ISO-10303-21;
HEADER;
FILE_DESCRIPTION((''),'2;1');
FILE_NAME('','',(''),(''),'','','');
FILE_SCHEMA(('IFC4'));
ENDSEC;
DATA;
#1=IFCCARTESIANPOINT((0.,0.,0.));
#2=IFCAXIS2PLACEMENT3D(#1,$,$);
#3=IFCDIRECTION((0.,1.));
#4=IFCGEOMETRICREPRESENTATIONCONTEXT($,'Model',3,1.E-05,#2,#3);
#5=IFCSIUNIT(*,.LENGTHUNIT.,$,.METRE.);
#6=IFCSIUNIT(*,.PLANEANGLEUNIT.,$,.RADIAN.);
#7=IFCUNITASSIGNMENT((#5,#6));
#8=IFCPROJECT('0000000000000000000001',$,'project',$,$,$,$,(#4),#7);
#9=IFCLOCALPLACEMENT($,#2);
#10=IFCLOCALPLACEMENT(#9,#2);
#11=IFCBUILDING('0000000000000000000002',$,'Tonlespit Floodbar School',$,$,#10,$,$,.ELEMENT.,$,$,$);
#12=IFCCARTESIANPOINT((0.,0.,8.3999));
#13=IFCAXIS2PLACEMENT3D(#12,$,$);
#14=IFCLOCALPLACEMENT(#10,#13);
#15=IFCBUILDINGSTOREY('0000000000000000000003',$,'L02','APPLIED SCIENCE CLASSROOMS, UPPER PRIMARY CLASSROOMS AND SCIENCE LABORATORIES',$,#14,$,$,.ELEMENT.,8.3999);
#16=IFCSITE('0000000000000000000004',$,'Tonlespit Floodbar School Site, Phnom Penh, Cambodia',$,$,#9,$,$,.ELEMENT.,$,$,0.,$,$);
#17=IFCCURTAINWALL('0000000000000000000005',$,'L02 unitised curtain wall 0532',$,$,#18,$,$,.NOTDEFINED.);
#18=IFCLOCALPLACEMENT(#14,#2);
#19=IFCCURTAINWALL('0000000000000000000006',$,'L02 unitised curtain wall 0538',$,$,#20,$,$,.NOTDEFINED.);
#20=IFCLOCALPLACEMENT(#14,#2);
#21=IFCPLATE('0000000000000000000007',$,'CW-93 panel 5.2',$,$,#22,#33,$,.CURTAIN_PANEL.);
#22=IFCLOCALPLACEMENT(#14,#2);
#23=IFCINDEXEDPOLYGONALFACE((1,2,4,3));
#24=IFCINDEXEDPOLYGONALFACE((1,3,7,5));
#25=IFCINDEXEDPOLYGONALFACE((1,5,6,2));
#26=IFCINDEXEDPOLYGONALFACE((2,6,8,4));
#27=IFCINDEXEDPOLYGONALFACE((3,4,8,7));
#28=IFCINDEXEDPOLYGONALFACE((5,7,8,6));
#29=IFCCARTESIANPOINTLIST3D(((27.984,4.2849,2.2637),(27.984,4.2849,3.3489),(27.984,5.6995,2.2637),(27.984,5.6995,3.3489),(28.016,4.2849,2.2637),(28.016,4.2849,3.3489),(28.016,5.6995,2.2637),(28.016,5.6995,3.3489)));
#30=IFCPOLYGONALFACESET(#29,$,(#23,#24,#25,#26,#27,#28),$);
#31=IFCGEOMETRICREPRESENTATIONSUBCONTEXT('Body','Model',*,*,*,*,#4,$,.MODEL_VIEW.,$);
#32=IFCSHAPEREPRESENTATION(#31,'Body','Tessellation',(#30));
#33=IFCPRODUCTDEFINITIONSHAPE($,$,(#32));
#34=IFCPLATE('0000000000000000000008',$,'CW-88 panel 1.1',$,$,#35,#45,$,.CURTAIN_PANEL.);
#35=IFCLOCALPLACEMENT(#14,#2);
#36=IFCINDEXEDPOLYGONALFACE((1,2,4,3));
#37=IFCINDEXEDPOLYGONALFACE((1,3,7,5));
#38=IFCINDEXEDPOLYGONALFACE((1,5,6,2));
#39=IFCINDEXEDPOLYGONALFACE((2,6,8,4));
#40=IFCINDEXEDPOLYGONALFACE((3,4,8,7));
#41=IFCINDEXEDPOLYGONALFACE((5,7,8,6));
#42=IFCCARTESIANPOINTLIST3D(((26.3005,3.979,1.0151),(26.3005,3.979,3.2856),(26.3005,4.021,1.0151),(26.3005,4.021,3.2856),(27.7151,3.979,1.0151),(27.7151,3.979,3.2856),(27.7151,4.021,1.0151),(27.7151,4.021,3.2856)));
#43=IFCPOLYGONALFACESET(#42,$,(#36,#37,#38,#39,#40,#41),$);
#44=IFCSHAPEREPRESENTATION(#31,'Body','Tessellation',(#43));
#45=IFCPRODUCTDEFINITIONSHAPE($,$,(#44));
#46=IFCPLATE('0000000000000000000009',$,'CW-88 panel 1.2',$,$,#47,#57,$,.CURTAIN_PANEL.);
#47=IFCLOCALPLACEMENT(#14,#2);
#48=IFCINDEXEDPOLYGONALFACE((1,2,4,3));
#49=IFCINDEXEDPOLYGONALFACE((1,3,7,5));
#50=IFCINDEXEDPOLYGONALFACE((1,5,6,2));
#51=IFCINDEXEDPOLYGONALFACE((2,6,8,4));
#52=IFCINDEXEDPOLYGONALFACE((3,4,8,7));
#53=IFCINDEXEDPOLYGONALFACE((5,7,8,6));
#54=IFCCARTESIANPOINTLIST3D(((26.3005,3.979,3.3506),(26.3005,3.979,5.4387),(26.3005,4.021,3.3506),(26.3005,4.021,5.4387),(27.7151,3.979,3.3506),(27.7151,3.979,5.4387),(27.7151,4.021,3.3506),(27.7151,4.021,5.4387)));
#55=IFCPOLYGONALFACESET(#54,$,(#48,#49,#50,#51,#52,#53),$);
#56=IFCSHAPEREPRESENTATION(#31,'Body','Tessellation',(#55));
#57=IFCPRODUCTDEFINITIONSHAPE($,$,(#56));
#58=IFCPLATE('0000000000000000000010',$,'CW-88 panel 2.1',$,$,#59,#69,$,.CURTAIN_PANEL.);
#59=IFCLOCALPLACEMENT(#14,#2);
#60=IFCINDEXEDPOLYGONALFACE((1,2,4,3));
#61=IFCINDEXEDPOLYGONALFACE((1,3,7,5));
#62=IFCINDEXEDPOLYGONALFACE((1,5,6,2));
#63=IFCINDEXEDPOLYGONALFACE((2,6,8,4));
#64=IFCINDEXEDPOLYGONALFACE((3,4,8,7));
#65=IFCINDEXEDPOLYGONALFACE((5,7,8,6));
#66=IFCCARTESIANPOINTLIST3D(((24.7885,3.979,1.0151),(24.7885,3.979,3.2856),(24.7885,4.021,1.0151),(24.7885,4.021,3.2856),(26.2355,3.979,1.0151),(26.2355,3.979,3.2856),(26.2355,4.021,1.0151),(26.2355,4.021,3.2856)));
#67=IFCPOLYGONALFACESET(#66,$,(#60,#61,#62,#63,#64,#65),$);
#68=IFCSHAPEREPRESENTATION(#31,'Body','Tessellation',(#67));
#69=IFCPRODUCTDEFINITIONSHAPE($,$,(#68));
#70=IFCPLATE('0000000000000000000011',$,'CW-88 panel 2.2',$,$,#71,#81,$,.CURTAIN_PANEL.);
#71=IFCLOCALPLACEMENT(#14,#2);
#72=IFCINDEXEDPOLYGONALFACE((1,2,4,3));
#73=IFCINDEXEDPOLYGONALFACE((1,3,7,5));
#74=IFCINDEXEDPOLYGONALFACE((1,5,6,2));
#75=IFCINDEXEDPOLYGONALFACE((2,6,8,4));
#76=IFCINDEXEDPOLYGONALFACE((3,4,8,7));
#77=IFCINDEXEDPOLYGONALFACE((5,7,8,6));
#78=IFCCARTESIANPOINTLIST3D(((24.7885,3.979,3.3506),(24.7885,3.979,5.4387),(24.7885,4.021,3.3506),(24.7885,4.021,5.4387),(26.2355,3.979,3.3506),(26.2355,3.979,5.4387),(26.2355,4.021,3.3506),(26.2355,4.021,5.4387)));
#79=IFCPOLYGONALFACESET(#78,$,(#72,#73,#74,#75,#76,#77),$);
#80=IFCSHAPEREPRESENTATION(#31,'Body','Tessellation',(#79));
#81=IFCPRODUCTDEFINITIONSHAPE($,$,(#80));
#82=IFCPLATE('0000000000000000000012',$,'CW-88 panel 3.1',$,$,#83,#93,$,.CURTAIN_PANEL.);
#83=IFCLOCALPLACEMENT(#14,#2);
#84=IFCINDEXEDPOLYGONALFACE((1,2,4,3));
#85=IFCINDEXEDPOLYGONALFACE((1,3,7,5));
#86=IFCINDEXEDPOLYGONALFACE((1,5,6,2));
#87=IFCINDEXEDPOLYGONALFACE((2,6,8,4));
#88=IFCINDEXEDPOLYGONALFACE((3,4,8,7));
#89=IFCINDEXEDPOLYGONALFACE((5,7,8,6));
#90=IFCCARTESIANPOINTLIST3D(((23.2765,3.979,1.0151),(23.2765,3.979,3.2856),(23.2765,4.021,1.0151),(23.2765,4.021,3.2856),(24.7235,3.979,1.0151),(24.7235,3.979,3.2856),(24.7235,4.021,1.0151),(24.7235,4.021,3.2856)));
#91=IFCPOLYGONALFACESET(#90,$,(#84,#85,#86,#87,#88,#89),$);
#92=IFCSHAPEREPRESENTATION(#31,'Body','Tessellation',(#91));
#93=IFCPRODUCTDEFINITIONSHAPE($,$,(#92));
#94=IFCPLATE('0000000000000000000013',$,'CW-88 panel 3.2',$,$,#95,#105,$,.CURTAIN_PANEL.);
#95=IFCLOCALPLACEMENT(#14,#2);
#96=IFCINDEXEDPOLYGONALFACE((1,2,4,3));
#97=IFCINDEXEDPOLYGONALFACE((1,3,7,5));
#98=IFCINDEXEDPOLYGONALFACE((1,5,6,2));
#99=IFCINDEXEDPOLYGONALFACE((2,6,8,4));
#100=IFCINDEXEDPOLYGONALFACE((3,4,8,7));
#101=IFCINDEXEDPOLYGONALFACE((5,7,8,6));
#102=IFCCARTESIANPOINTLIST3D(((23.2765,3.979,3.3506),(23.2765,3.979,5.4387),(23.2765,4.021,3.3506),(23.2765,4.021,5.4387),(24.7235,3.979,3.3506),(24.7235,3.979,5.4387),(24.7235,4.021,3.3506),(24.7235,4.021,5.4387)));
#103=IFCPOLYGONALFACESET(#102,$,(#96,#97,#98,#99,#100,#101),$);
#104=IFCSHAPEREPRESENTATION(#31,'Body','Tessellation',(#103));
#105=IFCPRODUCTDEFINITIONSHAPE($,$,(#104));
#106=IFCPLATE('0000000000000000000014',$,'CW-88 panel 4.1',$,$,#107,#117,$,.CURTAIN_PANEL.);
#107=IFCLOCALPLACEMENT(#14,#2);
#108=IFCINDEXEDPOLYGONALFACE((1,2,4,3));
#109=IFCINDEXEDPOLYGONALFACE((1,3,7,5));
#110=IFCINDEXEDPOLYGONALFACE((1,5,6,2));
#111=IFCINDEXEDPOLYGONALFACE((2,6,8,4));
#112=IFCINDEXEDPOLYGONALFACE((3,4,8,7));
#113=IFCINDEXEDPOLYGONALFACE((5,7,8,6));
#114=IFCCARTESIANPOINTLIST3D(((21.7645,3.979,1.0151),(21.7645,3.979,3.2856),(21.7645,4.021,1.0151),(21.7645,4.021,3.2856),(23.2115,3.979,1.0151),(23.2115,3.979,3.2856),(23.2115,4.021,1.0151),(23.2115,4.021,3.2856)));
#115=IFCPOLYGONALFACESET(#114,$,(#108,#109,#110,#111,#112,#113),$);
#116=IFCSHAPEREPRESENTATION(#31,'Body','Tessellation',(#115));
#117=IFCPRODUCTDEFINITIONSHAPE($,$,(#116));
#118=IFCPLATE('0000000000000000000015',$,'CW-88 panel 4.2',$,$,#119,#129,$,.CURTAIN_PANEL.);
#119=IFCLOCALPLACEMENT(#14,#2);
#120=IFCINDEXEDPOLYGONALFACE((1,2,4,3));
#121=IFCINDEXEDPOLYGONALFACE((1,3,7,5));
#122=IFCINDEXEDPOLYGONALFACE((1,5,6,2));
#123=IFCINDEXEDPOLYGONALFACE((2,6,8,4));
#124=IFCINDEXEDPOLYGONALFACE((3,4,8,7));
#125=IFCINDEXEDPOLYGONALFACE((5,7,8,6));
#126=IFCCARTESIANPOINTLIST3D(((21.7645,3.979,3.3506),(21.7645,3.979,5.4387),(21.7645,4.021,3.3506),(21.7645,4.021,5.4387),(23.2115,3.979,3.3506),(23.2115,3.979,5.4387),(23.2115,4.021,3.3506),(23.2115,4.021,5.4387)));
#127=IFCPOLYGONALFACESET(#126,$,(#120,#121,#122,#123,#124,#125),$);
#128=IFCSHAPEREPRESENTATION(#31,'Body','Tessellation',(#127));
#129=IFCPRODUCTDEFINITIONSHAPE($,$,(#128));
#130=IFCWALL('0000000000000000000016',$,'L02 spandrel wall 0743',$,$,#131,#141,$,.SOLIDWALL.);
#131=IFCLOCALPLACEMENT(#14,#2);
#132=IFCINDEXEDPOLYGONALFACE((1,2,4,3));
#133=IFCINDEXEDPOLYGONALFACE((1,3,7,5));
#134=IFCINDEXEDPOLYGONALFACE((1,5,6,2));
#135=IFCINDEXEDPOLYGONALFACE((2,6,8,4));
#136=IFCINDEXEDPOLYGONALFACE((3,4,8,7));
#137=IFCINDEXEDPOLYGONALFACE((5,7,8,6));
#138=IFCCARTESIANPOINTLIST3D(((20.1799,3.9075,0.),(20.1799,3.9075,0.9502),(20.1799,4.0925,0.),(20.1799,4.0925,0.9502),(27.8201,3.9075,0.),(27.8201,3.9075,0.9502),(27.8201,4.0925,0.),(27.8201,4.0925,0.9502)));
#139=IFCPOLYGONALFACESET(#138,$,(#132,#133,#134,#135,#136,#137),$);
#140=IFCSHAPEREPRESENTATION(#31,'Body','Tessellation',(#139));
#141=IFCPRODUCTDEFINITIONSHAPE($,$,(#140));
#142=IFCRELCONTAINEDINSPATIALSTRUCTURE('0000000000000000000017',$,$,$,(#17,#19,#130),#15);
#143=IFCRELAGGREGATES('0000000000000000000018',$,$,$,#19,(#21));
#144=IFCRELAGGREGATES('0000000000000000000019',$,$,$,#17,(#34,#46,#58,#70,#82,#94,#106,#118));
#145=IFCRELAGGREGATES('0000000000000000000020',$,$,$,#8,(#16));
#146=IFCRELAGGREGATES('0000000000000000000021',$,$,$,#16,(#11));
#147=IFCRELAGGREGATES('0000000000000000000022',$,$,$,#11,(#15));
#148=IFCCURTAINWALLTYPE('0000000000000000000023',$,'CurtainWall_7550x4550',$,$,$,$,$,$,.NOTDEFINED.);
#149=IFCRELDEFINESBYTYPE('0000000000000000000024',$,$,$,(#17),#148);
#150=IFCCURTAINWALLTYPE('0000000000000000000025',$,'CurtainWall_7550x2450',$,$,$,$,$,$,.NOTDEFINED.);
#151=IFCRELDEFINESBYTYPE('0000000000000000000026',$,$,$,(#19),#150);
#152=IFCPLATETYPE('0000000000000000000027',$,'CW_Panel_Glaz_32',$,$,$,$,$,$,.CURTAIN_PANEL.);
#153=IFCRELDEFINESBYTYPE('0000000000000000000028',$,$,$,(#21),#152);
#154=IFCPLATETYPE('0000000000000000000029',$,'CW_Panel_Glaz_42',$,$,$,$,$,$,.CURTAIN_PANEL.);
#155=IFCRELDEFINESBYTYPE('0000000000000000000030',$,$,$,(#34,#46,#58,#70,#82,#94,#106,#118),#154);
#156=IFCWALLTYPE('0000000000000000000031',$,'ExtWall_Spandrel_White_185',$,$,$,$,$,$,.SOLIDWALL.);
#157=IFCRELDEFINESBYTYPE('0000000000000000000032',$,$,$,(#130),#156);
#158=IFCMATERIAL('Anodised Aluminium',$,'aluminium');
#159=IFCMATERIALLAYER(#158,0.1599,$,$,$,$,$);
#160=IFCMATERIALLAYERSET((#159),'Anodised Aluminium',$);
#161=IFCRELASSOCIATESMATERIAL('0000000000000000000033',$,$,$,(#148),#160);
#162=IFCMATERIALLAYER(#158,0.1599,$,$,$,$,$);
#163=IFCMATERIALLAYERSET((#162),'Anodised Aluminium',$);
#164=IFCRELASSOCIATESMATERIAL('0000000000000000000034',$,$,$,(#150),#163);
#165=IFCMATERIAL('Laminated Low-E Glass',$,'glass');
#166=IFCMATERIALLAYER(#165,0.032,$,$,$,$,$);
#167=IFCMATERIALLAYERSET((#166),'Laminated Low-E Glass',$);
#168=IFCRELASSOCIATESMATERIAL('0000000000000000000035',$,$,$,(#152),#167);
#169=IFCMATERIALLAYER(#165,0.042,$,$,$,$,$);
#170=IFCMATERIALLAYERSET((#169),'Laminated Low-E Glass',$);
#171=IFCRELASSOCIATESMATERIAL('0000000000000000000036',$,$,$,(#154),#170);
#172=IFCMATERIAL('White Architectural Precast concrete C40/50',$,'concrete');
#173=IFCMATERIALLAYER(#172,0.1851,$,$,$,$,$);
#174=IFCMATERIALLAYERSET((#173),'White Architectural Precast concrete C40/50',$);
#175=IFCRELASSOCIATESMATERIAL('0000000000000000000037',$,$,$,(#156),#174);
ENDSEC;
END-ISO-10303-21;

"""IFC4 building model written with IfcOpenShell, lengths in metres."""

from ifc_helpers import new_model, si_unit, direction, frame, frame_2d, origin, origin_2d, place, context, subcontext, project, spatial, rectangle, extrude, material, layer, layer_set, type_object, element, aggregate, save


model = new_model("IFC4")

# Units and contexts
model_context = context("Model", 3, precision=1e-05, world=origin(), true_north=direction((0.0, 1.0)))
body_context = subcontext(model_context, "Body", "Model", "MODEL_VIEW")
ifc_project = project(units=[si_unit("LENGTHUNIT", "METRE"), si_unit("PLANEANGLEUNIT", "RADIAN")], contexts=[model_context])

# Site, building, storey
site_placement = place(None, origin())
site = spatial("IfcSite", under=ifc_project, at=site_placement, Name="Tonlespit Floodbar School Site, Phnom Penh, Cambodia", CompositionType="ELEMENT", RefElevation=0.0)
building_placement = place(site_placement, origin())
building = spatial("IfcBuilding", under=site, at=building_placement, Name="Tonlespit Floodbar School", CompositionType="ELEMENT")
storey_placement = place(building_placement, frame((0.0, 0.0, 8.3999)))
storey = spatial("IfcBuildingStorey", under=building, at=storey_placement, Name="L02", Description="APPLIED SCIENCE CLASSROOMS, UPPER PRIMARY CLASSROOMS AND SCIENCE LABORATORIES", CompositionType="ELEMENT", Elevation=8.3999)

# Curtain walls
ifc_material_1 = material(Name="Anodised Aluminium", Category="aluminium")
ifc_layer_1 = layer(ifc_material_1, 0.1599)
ifc_layer_set_1 = layer_set([ifc_layer_1], Name="Anodised Aluminium")
curtain_wall_type_1 = type_object("IfcCurtainWallType", Name="CurtainWall_7550x4550", PredefinedType="NOTDEFINED", material=ifc_layer_set_1)
curtain_wall_1_placement = place(storey_placement, origin())
curtain_wall_1 = element("IfcCurtainWall", 1, at=curtain_wall_1_placement, inside=storey, type_object=curtain_wall_type_1, Name="L02 unitised curtain wall 0532", PredefinedType="NOTDEFINED")
ifc_layer_2 = layer(ifc_material_1, 0.1599)
ifc_layer_set_2 = layer_set([ifc_layer_2], Name="Anodised Aluminium")
curtain_wall_type_2 = type_object("IfcCurtainWallType", Name="CurtainWall_7550x2450", PredefinedType="NOTDEFINED", material=ifc_layer_set_2)
curtain_wall_2_placement = place(storey_placement, origin())
curtain_wall_2 = element("IfcCurtainWall", 2, at=curtain_wall_2_placement, inside=storey, type_object=curtain_wall_type_2, Name="L02 unitised curtain wall 0538", PredefinedType="NOTDEFINED")

# Plates
ifc_material_2 = material(Name="Laminated Low-E Glass", Category="glass")
ifc_layer_3 = layer(ifc_material_2, 0.032)
ifc_layer_set_3 = layer_set([ifc_layer_3], Name="Laminated Low-E Glass")
plate_type_1 = type_object("IfcPlateType", Name="CW_Panel_Glaz_32", PredefinedType="CURTAIN_PANEL", material=ifc_layer_set_3)
plate_1_placement = place(storey_placement, frame((28.0, 4.9922, 2.2637), z_axis=(0.0, 0.0, 1.0), x_axis=(0.0, -1.0, 0.0)))
plate_1 = element("IfcPlate", 3, at=plate_1_placement, type_object=plate_type_1, Name="CW-93 panel 5.2", PredefinedType="CURTAIN_PANEL", context=body_context, shape_type="SweptSolid", body=[
    extrude(rectangle(XDim=1.4146, YDim=0.032, at=origin_2d()), origin(), (0.0, 0.0, 1.0), 1.0852),
])
aggregate(curtain_wall_2, [plate_1])
ifc_layer_4 = layer(ifc_material_2, 0.042)
ifc_layer_set_4 = layer_set([ifc_layer_4], Name="Laminated Low-E Glass")
plate_type_2 = type_object("IfcPlateType", Name="CW_Panel_Glaz_42", PredefinedType="CURTAIN_PANEL", material=ifc_layer_set_4)
plate_2_placement = place(storey_placement, frame((27.0078, 4.0, 1.0151), z_axis=(0.0, 0.0, 1.0), x_axis=(-1.0, 0.0, 0.0)))
plate_2 = element("IfcPlate", 4, at=plate_2_placement, type_object=plate_type_2, Name="CW-88 panel 1.1", PredefinedType="CURTAIN_PANEL", context=body_context, shape_type="SweptSolid", body=[
    extrude(rectangle(XDim=1.4146, YDim=0.042, at=origin_2d()), origin(), (0.0, 0.0, 1.0), 2.2705),
])
plate_3_placement = place(storey_placement, frame((27.0078, 4.0, 3.3506), z_axis=(0.0, 0.0, 1.0), x_axis=(-1.0, 0.0, 0.0)))
plate_3 = element("IfcPlate", 5, at=plate_3_placement, type_object=plate_type_2, Name="CW-88 panel 1.2", PredefinedType="CURTAIN_PANEL", context=body_context, shape_type="SweptSolid", body=[
    extrude(rectangle(XDim=1.4146, YDim=0.042, at=origin_2d()), origin(), (0.0, 0.0, 1.0), 2.0881),
])
plate_4_placement = place(storey_placement, frame((25.512, 4.0, 1.0151), z_axis=(0.0, 0.0, 1.0), x_axis=(-1.0, 0.0, 0.0)))
plate_4 = element("IfcPlate", 6, at=plate_4_placement, type_object=plate_type_2, Name="CW-88 panel 2.1", PredefinedType="CURTAIN_PANEL", context=body_context, shape_type="SweptSolid", body=[
    extrude(rectangle(XDim=1.447, YDim=0.042, at=origin_2d()), origin(), (0.0, 0.0, 1.0), 2.2705),
])
plate_5_placement = place(storey_placement, frame((25.512, 4.0, 3.3506), z_axis=(0.0, 0.0, 1.0), x_axis=(-1.0, 0.0, 0.0)))
plate_5 = element("IfcPlate", 7, at=plate_5_placement, type_object=plate_type_2, Name="CW-88 panel 2.2", PredefinedType="CURTAIN_PANEL", context=body_context, shape_type="SweptSolid", body=[
    extrude(rectangle(XDim=1.447, YDim=0.042, at=origin_2d()), origin(), (0.0, 0.0, 1.0), 2.0881),
])
plate_6_placement = place(storey_placement, frame((24.0, 4.0, 1.0151), z_axis=(0.0, 0.0, 1.0), x_axis=(-1.0, 0.0, 0.0)))
plate_6 = element("IfcPlate", 8, at=plate_6_placement, type_object=plate_type_2, Name="CW-88 panel 3.1", PredefinedType="CURTAIN_PANEL", context=body_context, shape_type="SweptSolid", body=[
    extrude(rectangle(XDim=1.447, YDim=0.042, at=origin_2d()), origin(), (0.0, 0.0, 1.0), 2.2705),
])
plate_7_placement = place(storey_placement, frame((24.0, 4.0, 3.3506), z_axis=(0.0, 0.0, 1.0), x_axis=(-1.0, 0.0, 0.0)))
plate_7 = element("IfcPlate", 9, at=plate_7_placement, type_object=plate_type_2, Name="CW-88 panel 3.2", PredefinedType="CURTAIN_PANEL", context=body_context, shape_type="SweptSolid", body=[
    extrude(rectangle(XDim=1.447, YDim=0.042, at=origin_2d()), origin(), (0.0, 0.0, 1.0), 2.0881),
])
plate_8_placement = place(storey_placement, frame((22.488, 4.0, 1.0151), z_axis=(0.0, 0.0, 1.0), x_axis=(-1.0, 0.0, 0.0)))
plate_8 = element("IfcPlate", 10, at=plate_8_placement, type_object=plate_type_2, Name="CW-88 panel 4.1", PredefinedType="CURTAIN_PANEL", context=body_context, shape_type="SweptSolid", body=[
    extrude(rectangle(XDim=1.447, YDim=0.042, at=origin_2d()), origin(), (0.0, 0.0, 1.0), 2.2705),
])
plate_9_placement = place(storey_placement, frame((22.488, 4.0, 3.3506), z_axis=(0.0, 0.0, 1.0), x_axis=(-1.0, 0.0, 0.0)))
plate_9 = element("IfcPlate", 11, at=plate_9_placement, type_object=plate_type_2, Name="CW-88 panel 4.2", PredefinedType="CURTAIN_PANEL", context=body_context, shape_type="SweptSolid", body=[
    extrude(rectangle(XDim=1.447, YDim=0.042, at=origin_2d()), origin(), (0.0, 0.0, 1.0), 2.0881),
])
aggregate(curtain_wall_1, [plate_2, plate_3, plate_4, plate_5, plate_6, plate_7, plate_8, plate_9])

# Wall
ifc_material_3 = material(Name="White Architectural Precast concrete C40/50", Category="concrete")
ifc_layer_5 = layer(ifc_material_3, 0.1851)
ifc_layer_set_5 = layer_set([ifc_layer_5], Name="White Architectural Precast concrete C40/50")
wall_type = type_object("IfcWallType", Name="ExtWall_Spandrel_White_185", PredefinedType="SOLIDWALL", material=ifc_layer_set_5)
wall_placement = place(storey_placement, frame((27.8201, 4.0, 0.0), z_axis=(0.0, 0.0, 1.0), x_axis=(-1.0, 0.0, 0.0)))
element("IfcWall", 12, at=wall_placement, inside=storey, type_object=wall_type, Name="L02 spandrel wall 0743", PredefinedType="SOLIDWALL", context=body_context, shape_type="SweptSolid", body=[
    extrude(rectangle(XDim=7.6401, YDim=0.1851, at=frame_2d((3.8201, 0.0))), origin(), (0.0, 0.0, 1.0), 0.9502),
])

save(model, "model.ifc")
